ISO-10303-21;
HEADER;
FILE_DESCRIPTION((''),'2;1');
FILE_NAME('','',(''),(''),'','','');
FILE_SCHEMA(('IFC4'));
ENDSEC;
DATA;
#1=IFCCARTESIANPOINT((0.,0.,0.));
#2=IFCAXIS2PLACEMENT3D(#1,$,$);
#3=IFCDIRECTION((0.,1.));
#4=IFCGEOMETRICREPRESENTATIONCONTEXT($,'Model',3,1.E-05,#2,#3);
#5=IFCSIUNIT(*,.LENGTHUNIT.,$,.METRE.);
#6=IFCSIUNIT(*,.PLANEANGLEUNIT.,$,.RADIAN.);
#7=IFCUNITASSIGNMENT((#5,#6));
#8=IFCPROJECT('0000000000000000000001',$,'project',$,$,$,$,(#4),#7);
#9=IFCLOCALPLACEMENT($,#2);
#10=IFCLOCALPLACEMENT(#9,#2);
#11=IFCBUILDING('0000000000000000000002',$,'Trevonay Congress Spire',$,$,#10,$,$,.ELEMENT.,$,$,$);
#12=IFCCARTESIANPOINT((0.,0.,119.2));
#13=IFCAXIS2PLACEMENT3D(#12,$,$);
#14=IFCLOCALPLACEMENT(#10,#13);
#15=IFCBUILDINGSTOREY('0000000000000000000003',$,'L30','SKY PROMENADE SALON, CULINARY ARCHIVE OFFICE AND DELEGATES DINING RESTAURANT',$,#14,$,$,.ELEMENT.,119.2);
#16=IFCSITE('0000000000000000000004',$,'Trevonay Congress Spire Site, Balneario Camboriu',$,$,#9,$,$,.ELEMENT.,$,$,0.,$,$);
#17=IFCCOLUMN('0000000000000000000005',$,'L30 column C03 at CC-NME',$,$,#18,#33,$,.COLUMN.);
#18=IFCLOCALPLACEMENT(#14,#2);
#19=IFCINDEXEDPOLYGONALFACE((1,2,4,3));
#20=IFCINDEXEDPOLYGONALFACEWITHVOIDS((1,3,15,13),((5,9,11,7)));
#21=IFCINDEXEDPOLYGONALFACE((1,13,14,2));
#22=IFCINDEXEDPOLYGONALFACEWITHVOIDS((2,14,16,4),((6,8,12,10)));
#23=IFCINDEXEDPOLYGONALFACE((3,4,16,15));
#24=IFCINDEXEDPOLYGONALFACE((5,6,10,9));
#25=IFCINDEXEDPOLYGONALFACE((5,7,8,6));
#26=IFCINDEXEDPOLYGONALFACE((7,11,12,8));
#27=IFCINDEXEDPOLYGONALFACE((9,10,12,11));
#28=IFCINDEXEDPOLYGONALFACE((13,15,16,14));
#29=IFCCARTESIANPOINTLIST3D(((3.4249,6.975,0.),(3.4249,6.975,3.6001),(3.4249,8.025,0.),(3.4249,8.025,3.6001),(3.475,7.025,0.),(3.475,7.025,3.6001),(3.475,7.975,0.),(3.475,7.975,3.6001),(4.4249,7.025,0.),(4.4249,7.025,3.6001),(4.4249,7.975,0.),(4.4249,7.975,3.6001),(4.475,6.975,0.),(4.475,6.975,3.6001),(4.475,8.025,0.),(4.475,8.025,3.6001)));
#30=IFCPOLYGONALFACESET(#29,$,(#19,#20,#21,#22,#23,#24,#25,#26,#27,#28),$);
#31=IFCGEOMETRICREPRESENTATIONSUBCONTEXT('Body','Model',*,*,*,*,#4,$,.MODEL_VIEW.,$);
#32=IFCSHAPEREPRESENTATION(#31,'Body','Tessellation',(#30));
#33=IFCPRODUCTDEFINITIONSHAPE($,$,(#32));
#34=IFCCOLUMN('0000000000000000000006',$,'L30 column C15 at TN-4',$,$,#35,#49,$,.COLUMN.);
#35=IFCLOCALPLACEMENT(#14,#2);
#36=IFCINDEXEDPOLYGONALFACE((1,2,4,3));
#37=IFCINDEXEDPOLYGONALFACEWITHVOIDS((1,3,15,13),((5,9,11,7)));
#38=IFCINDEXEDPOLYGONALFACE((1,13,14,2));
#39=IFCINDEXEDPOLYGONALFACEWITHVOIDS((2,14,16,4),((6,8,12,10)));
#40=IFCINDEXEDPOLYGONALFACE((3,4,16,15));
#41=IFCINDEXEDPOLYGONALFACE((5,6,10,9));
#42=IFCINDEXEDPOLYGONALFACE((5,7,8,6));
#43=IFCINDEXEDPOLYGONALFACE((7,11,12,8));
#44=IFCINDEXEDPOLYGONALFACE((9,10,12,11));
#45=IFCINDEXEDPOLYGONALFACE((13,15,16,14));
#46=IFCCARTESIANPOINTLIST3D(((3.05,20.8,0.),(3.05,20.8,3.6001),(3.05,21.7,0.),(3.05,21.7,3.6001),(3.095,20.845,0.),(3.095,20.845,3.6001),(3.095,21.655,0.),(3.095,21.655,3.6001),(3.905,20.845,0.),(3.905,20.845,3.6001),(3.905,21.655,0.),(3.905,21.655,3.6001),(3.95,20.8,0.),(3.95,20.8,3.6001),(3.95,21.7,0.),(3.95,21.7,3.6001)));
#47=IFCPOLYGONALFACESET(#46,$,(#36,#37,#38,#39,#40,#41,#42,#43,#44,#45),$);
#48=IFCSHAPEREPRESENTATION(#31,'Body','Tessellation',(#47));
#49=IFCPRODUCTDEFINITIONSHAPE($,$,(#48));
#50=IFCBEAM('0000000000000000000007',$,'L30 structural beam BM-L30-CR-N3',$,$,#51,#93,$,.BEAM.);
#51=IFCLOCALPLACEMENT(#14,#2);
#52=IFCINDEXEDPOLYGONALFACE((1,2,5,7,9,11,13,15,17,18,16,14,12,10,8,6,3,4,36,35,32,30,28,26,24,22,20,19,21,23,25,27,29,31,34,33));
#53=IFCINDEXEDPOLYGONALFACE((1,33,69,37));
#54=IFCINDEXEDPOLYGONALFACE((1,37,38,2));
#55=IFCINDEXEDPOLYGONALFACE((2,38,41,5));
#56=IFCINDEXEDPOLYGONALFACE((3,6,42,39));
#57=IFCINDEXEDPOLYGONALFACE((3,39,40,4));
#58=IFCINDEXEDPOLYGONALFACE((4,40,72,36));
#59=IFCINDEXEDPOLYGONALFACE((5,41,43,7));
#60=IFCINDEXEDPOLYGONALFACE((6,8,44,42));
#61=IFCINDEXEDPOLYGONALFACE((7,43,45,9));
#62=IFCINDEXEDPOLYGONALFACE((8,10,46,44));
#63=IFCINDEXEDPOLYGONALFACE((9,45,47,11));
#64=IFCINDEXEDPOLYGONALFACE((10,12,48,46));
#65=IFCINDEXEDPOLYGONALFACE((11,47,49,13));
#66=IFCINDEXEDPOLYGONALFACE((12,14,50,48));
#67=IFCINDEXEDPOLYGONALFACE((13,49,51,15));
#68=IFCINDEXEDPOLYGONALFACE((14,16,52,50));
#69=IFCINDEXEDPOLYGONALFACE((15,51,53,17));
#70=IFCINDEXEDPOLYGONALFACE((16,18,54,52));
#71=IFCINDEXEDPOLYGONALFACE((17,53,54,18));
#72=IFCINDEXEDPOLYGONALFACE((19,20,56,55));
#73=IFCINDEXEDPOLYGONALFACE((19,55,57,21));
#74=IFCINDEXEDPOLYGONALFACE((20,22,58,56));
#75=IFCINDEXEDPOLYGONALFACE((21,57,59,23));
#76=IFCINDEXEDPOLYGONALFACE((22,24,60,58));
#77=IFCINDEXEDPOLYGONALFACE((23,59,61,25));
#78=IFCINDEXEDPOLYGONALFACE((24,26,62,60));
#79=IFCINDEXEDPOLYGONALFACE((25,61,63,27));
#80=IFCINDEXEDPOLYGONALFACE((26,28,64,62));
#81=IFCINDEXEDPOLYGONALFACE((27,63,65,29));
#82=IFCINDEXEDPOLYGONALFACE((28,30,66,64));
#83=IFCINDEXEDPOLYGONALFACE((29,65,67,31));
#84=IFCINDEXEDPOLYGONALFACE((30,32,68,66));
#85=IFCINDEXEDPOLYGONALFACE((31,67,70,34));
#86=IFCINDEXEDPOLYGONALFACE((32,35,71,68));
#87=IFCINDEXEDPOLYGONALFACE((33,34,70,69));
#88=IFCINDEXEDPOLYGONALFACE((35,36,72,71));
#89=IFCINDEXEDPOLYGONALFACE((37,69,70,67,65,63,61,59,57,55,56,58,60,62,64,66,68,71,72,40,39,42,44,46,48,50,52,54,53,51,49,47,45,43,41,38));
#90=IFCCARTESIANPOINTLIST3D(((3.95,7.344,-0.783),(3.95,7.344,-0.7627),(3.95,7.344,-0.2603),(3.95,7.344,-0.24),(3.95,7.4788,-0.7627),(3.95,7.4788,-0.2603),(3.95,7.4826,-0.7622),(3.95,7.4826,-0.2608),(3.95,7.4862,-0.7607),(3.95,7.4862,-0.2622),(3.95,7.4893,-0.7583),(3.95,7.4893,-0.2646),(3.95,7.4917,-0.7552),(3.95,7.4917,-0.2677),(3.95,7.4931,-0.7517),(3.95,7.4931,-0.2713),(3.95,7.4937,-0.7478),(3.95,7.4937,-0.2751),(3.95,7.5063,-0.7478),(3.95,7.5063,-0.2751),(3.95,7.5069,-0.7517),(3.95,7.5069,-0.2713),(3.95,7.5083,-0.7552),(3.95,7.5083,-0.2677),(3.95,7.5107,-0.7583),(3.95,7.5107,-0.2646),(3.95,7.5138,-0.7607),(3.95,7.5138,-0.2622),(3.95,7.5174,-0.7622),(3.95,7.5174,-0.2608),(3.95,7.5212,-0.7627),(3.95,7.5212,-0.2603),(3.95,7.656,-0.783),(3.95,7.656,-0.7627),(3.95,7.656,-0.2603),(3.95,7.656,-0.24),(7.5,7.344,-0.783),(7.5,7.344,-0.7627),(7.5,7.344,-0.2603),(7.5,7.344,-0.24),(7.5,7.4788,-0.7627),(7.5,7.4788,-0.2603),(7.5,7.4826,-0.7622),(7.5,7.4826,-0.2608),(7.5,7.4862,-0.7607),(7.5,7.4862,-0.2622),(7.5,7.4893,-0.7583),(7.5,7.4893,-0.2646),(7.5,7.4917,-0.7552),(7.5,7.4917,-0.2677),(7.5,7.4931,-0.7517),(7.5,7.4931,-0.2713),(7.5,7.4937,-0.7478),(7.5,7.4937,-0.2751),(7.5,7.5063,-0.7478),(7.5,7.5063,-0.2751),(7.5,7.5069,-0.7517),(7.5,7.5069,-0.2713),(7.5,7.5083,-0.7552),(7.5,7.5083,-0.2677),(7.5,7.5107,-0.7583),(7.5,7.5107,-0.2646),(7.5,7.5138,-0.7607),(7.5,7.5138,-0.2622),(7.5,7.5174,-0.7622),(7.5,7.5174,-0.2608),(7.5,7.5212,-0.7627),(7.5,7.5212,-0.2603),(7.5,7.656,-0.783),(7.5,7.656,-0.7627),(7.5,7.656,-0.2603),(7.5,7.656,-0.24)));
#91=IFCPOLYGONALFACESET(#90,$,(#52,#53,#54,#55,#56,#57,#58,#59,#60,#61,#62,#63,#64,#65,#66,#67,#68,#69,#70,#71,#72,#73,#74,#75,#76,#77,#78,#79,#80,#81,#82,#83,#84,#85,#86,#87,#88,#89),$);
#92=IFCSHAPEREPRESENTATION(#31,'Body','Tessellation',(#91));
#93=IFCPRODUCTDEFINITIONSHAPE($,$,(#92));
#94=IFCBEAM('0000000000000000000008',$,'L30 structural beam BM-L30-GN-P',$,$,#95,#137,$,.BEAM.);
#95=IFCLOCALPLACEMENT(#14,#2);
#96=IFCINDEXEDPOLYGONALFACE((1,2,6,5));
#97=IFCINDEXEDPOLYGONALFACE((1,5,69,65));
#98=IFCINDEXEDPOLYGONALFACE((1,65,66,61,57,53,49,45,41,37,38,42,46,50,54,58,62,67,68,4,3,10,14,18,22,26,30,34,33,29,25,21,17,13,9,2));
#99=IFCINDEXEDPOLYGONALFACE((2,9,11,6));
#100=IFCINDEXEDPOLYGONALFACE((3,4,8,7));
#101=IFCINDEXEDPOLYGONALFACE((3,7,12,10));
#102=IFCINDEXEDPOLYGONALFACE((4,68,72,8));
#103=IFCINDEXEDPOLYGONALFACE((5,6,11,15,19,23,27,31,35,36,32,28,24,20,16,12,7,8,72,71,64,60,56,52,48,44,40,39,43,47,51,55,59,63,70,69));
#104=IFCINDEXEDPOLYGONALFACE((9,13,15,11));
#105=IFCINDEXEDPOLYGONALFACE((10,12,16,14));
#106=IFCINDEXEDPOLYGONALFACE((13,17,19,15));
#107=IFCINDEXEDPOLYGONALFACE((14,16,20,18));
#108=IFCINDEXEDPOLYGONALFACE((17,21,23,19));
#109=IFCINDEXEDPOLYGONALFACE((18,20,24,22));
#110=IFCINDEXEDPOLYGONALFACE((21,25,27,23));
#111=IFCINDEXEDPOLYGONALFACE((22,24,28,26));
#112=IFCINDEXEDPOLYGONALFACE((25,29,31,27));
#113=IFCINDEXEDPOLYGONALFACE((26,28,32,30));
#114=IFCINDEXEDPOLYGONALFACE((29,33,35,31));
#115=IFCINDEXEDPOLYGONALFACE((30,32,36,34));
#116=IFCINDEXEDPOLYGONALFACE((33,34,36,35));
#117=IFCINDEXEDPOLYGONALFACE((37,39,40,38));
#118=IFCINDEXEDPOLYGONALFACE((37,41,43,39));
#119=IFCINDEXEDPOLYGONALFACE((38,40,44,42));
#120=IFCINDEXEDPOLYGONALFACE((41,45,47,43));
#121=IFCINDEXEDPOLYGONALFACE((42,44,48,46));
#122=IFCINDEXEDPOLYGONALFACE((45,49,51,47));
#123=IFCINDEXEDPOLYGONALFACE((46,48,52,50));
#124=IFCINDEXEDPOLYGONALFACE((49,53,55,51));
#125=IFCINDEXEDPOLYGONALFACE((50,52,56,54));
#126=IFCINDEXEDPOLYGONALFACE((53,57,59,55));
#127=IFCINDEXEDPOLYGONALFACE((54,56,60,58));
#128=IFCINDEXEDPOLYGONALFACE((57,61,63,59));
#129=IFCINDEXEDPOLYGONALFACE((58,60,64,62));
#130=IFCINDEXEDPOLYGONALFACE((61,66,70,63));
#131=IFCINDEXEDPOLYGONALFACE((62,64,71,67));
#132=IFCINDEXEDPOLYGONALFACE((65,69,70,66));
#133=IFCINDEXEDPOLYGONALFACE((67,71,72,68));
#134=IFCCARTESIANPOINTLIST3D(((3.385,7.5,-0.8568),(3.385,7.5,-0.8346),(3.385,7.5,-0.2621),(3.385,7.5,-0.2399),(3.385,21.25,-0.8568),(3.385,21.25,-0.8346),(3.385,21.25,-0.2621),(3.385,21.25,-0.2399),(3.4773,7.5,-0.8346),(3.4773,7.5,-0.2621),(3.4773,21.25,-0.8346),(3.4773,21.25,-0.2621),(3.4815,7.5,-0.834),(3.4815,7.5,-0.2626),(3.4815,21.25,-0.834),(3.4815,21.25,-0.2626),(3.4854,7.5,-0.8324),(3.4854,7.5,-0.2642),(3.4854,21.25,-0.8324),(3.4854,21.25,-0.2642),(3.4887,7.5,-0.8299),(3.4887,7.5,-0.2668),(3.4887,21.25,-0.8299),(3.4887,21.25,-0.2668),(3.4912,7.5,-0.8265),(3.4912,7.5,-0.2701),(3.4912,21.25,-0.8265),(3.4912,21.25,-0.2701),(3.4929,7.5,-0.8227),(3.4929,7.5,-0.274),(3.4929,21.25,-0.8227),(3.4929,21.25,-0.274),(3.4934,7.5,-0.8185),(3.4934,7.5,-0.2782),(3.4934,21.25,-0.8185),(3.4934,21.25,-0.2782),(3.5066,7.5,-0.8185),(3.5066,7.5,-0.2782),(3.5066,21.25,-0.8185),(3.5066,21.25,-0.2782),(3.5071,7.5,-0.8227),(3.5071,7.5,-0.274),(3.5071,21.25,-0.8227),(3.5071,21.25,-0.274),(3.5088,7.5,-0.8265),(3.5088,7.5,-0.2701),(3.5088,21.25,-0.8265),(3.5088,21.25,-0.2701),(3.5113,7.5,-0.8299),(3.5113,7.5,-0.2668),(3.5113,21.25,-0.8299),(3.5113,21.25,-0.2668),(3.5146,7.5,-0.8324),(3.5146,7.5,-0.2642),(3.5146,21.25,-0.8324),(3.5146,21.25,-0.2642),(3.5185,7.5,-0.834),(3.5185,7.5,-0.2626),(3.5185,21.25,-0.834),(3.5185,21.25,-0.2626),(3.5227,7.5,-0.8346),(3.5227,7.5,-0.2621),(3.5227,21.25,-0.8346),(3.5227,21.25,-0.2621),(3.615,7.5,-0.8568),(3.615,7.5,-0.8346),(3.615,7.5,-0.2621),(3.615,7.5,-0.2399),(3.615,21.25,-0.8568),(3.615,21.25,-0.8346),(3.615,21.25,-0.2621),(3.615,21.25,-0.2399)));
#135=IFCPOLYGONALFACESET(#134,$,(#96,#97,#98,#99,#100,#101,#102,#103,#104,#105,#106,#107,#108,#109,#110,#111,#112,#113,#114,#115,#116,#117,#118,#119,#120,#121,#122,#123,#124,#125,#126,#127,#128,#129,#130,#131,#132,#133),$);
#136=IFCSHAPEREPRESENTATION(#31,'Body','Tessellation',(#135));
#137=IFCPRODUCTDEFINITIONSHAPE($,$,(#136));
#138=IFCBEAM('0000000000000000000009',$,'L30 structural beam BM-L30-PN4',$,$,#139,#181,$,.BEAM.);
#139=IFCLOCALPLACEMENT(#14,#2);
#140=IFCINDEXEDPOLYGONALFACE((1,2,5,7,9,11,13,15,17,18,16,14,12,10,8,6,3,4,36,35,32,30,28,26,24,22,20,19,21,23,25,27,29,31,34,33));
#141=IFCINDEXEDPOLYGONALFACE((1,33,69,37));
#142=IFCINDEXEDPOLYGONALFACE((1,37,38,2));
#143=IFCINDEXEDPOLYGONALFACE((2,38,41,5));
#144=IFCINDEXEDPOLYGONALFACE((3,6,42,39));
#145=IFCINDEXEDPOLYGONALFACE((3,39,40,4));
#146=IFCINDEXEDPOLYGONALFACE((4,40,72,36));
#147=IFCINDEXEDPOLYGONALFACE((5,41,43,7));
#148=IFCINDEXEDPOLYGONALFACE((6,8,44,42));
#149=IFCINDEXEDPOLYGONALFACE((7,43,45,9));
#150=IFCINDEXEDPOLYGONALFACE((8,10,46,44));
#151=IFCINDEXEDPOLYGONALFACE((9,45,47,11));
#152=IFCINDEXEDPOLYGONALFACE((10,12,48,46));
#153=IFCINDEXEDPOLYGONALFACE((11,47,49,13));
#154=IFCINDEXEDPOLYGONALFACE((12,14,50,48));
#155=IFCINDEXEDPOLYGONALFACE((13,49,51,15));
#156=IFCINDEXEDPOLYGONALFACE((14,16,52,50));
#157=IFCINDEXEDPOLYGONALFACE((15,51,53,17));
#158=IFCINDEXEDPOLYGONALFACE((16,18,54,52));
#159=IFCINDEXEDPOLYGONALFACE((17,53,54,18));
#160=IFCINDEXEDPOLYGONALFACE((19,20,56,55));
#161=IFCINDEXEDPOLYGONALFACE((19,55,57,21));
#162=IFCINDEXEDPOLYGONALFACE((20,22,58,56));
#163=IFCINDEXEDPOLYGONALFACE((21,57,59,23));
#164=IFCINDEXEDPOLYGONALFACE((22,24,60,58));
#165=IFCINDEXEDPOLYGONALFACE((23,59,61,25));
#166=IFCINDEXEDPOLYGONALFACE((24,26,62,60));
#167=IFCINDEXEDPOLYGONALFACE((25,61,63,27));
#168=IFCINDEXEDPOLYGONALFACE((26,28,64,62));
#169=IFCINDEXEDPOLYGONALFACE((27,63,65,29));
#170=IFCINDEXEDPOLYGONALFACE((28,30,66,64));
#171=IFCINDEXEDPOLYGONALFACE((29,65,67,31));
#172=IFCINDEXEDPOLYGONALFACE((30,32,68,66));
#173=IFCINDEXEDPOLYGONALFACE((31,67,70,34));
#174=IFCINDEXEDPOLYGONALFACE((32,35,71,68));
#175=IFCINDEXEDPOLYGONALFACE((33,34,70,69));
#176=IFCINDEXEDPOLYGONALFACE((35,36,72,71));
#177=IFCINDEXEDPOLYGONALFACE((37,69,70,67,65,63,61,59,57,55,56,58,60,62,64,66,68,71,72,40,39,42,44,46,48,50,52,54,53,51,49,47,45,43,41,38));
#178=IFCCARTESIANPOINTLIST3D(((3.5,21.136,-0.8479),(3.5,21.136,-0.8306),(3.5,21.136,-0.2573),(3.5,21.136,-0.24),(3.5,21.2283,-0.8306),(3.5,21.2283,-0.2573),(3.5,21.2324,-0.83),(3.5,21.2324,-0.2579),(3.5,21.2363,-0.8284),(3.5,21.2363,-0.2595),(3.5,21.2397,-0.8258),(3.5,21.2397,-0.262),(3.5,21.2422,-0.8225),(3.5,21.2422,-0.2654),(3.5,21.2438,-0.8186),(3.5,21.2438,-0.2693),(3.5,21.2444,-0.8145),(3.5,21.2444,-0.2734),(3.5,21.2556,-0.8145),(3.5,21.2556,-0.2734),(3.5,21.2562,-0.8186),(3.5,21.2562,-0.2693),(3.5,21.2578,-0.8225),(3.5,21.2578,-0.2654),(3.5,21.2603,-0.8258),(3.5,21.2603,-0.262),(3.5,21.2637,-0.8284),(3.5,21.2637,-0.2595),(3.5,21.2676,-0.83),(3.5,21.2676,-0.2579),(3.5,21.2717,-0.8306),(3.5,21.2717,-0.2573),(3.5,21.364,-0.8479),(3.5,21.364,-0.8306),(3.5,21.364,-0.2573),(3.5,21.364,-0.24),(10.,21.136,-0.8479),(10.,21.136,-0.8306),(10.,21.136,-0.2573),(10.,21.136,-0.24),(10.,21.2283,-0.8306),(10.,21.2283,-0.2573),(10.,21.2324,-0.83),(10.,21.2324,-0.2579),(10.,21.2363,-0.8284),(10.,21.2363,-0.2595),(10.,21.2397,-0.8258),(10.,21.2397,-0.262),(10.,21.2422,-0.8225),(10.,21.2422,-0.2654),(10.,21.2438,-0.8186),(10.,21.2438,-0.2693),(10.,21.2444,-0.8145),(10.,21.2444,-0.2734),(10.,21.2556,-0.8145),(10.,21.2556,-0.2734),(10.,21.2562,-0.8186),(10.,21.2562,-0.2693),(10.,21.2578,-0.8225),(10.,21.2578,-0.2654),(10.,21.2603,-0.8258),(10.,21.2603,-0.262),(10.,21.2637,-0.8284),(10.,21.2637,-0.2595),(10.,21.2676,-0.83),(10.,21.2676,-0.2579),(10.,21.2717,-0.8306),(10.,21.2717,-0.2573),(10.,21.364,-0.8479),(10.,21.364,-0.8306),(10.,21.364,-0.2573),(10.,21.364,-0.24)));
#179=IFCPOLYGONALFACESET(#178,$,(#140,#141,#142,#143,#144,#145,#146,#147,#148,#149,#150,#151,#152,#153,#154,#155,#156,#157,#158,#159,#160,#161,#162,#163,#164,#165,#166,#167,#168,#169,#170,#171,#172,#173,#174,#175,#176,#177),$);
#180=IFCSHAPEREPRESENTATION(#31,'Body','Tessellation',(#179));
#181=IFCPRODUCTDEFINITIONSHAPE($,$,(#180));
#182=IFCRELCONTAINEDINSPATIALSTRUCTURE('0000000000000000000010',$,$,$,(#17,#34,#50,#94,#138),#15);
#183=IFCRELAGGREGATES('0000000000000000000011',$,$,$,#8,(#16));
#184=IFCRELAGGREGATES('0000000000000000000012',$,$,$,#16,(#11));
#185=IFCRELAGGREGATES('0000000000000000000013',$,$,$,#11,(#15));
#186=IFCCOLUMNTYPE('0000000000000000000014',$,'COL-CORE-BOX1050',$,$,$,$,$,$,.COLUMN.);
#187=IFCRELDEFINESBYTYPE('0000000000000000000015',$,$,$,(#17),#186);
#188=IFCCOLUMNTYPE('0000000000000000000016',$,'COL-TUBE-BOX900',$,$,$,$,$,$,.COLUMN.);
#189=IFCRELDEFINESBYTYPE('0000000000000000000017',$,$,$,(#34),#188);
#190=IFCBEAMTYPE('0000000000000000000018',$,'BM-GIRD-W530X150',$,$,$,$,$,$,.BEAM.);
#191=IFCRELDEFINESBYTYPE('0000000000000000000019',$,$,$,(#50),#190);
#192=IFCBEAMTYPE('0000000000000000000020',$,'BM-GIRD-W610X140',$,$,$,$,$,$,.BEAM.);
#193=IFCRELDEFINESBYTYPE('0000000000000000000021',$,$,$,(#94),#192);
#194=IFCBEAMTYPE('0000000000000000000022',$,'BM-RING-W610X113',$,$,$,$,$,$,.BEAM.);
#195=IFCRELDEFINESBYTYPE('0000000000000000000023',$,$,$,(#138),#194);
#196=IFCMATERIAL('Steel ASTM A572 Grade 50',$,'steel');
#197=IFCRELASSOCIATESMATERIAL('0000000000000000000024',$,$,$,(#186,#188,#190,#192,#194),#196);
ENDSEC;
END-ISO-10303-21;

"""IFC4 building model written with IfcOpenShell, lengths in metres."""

from ifc_helpers import new_model, si_unit, direction, frame, origin, origin_2d, place, context, subcontext, project, spatial, hollow_rectangle, i_section, extrude, material, material_profile, profile_set, type_object, element, save


model = new_model("IFC4")

# Units and contexts
model_context = context("Model", 3, precision=1e-05, world=origin(), true_north=direction((0.0, 1.0)))
body_context = subcontext(model_context, "Body", "Model", "MODEL_VIEW")
ifc_project = project(units=[si_unit("LENGTHUNIT", "METRE"), si_unit("PLANEANGLEUNIT", "RADIAN")], contexts=[model_context])

# Site, building, storey
site_placement = place(None, origin())
site = spatial("IfcSite", under=ifc_project, at=site_placement, Name="Trevonay Congress Spire Site, Balneario Camboriu", CompositionType="ELEMENT", RefElevation=0.0)
building_placement = place(site_placement, origin())
building = spatial("IfcBuilding", under=site, at=building_placement, Name="Trevonay Congress Spire", CompositionType="ELEMENT")
storey_placement = place(building_placement, frame((0.0, 0.0, 119.2)))
storey = spatial("IfcBuildingStorey", under=building, at=storey_placement, Name="L30", Description="SKY PROMENADE SALON, CULINARY ARCHIVE OFFICE AND DELEGATES DINING RESTAURANT", CompositionType="ELEMENT", Elevation=119.2)

# Columns
ifc_material_1 = material(Name="Steel ASTM A572 Grade 50", Category="steel")
ifc_material_profile_1 = material_profile(ifc_material_1, hollow_rectangle(XDim=1.05, YDim=1.05, WallThickness=0.05, at=origin_2d()), Name="BOX 1050x1050x50")
ifc_profile_set_1 = profile_set([ifc_material_profile_1], Name="Steel ASTM A572 Grade 50")
column_type_1 = type_object("IfcColumnType", Name="COL-CORE-BOX1050", PredefinedType="COLUMN", material=ifc_profile_set_1)
column_1_placement = place(storey_placement, frame((3.95, 7.5, 0.0), z_axis=(0.0, 0.0, 1.0), x_axis=(1.0, 0.0, 0.0)))
element("IfcColumn", 1, at=column_1_placement, inside=storey, type_object=column_type_1, Name="L30 column C03 at CC-NME", PredefinedType="COLUMN", context=body_context, shape_type="SweptSolid", body=[
    extrude(hollow_rectangle(XDim=1.05, YDim=1.05, WallThickness=0.05, at=origin_2d()), origin(), (0.0, 0.0, 1.0), 3.6001),
])
ifc_material_profile_2 = material_profile(ifc_material_1, hollow_rectangle(XDim=0.8999, YDim=0.8999, WallThickness=0.0449, at=origin_2d()), Name="BOX 900x900x45")
ifc_profile_set_2 = profile_set([ifc_material_profile_2], Name="Steel ASTM A572 Grade 50")
column_type_2 = type_object("IfcColumnType", Name="COL-TUBE-BOX900", PredefinedType="COLUMN", material=ifc_profile_set_2)
column_2_placement = place(storey_placement, frame((3.5, 21.25, 0.0), z_axis=(0.0, 0.0, 1.0), x_axis=(1.0, 0.0, 0.0)))
element("IfcColumn", 2, at=column_2_placement, inside=storey, type_object=column_type_2, Name="L30 column C15 at TN-4", PredefinedType="COLUMN", context=body_context, shape_type="SweptSolid", body=[
    extrude(hollow_rectangle(XDim=0.8999, YDim=0.8999, WallThickness=0.0449, at=origin_2d()), origin(), (0.0, 0.0, 1.0), 3.6001),
])

# Beams
ifc_material_profile_3 = material_profile(ifc_material_1, i_section(OverallWidth=0.312, OverallDepth=0.543, WebThickness=0.0127, FlangeThickness=0.0203, FilletRadius=0.0149, at=origin_2d()), Name="W530x150")
ifc_profile_set_3 = profile_set([ifc_material_profile_3], Name="Steel ASTM A572 Grade 50")
beam_type_1 = type_object("IfcBeamType", Name="BM-GIRD-W530X150", PredefinedType="BEAM", material=ifc_profile_set_3)
beam_1_placement = place(storey_placement, frame((3.95, 7.5, -0.5115), z_axis=(1.0, 0.0, 0.0), x_axis=(0.0, 1.0, 0.0)))
element("IfcBeam", 3, at=beam_1_placement, inside=storey, type_object=beam_type_1, Name="L30 structural beam BM-L30-CR-N3", PredefinedType="BEAM", context=body_context, shape_type="SweptSolid", body=[
    extrude(i_section(OverallWidth=0.312, OverallDepth=0.543, WebThickness=0.0127, FlangeThickness=0.0203, FilletRadius=0.0149, at=origin_2d()), origin(), (0.0, 0.0, 1.0), 3.55),
])
ifc_material_profile_4 = material_profile(ifc_material_1, i_section(OverallWidth=0.23, OverallDepth=0.6169, WebThickness=0.0132, FlangeThickness=0.0222, FilletRadius=0.0161, at=origin_2d()), Name="W610x140")
ifc_profile_set_4 = profile_set([ifc_material_profile_4], Name="Steel ASTM A572 Grade 50")
beam_type_2 = type_object("IfcBeamType", Name="BM-GIRD-W610X140", PredefinedType="BEAM", material=ifc_profile_set_4)
beam_2_placement = place(storey_placement, frame((3.5, 7.5, -0.5483), z_axis=(0.0, 1.0, 0.0), x_axis=(-1.0, 0.0, 0.0)))
element("IfcBeam", 4, at=beam_2_placement, inside=storey, type_object=beam_type_2, Name="L30 structural beam BM-L30-GN-P", PredefinedType="BEAM", context=body_context, shape_type="SweptSolid", body=[
    extrude(i_section(OverallWidth=0.23, OverallDepth=0.6169, WebThickness=0.0132, FlangeThickness=0.0222, FilletRadius=0.0161, at=origin_2d()), origin(), (0.0, 0.0, 1.0), 13.75),
])
ifc_material_profile_5 = material_profile(ifc_material_1, i_section(OverallWidth=0.228, OverallDepth=0.6079, WebThickness=0.0112, FlangeThickness=0.0173, FilletRadius=0.0161, at=origin_2d()), Name="W610x113")
ifc_profile_set_5 = profile_set([ifc_material_profile_5], Name="Steel ASTM A572 Grade 50")
beam_type_3 = type_object("IfcBeamType", Name="BM-RING-W610X113", PredefinedType="BEAM", material=ifc_profile_set_5)
beam_3_placement = place(storey_placement, frame((3.5, 21.25, -0.5439), z_axis=(1.0, 0.0, 0.0), x_axis=(0.0, 1.0, 0.0)))
element("IfcBeam", 5, at=beam_3_placement, inside=storey, type_object=beam_type_3, Name="L30 structural beam BM-L30-PN4", PredefinedType="BEAM", context=body_context, shape_type="SweptSolid", body=[
    extrude(i_section(OverallWidth=0.228, OverallDepth=0.6079, WebThickness=0.0112, FlangeThickness=0.0173, FilletRadius=0.0161, at=origin_2d()), origin(), (0.0, 0.0, 1.0), 6.5),
])

save(model, "model.ifc")
